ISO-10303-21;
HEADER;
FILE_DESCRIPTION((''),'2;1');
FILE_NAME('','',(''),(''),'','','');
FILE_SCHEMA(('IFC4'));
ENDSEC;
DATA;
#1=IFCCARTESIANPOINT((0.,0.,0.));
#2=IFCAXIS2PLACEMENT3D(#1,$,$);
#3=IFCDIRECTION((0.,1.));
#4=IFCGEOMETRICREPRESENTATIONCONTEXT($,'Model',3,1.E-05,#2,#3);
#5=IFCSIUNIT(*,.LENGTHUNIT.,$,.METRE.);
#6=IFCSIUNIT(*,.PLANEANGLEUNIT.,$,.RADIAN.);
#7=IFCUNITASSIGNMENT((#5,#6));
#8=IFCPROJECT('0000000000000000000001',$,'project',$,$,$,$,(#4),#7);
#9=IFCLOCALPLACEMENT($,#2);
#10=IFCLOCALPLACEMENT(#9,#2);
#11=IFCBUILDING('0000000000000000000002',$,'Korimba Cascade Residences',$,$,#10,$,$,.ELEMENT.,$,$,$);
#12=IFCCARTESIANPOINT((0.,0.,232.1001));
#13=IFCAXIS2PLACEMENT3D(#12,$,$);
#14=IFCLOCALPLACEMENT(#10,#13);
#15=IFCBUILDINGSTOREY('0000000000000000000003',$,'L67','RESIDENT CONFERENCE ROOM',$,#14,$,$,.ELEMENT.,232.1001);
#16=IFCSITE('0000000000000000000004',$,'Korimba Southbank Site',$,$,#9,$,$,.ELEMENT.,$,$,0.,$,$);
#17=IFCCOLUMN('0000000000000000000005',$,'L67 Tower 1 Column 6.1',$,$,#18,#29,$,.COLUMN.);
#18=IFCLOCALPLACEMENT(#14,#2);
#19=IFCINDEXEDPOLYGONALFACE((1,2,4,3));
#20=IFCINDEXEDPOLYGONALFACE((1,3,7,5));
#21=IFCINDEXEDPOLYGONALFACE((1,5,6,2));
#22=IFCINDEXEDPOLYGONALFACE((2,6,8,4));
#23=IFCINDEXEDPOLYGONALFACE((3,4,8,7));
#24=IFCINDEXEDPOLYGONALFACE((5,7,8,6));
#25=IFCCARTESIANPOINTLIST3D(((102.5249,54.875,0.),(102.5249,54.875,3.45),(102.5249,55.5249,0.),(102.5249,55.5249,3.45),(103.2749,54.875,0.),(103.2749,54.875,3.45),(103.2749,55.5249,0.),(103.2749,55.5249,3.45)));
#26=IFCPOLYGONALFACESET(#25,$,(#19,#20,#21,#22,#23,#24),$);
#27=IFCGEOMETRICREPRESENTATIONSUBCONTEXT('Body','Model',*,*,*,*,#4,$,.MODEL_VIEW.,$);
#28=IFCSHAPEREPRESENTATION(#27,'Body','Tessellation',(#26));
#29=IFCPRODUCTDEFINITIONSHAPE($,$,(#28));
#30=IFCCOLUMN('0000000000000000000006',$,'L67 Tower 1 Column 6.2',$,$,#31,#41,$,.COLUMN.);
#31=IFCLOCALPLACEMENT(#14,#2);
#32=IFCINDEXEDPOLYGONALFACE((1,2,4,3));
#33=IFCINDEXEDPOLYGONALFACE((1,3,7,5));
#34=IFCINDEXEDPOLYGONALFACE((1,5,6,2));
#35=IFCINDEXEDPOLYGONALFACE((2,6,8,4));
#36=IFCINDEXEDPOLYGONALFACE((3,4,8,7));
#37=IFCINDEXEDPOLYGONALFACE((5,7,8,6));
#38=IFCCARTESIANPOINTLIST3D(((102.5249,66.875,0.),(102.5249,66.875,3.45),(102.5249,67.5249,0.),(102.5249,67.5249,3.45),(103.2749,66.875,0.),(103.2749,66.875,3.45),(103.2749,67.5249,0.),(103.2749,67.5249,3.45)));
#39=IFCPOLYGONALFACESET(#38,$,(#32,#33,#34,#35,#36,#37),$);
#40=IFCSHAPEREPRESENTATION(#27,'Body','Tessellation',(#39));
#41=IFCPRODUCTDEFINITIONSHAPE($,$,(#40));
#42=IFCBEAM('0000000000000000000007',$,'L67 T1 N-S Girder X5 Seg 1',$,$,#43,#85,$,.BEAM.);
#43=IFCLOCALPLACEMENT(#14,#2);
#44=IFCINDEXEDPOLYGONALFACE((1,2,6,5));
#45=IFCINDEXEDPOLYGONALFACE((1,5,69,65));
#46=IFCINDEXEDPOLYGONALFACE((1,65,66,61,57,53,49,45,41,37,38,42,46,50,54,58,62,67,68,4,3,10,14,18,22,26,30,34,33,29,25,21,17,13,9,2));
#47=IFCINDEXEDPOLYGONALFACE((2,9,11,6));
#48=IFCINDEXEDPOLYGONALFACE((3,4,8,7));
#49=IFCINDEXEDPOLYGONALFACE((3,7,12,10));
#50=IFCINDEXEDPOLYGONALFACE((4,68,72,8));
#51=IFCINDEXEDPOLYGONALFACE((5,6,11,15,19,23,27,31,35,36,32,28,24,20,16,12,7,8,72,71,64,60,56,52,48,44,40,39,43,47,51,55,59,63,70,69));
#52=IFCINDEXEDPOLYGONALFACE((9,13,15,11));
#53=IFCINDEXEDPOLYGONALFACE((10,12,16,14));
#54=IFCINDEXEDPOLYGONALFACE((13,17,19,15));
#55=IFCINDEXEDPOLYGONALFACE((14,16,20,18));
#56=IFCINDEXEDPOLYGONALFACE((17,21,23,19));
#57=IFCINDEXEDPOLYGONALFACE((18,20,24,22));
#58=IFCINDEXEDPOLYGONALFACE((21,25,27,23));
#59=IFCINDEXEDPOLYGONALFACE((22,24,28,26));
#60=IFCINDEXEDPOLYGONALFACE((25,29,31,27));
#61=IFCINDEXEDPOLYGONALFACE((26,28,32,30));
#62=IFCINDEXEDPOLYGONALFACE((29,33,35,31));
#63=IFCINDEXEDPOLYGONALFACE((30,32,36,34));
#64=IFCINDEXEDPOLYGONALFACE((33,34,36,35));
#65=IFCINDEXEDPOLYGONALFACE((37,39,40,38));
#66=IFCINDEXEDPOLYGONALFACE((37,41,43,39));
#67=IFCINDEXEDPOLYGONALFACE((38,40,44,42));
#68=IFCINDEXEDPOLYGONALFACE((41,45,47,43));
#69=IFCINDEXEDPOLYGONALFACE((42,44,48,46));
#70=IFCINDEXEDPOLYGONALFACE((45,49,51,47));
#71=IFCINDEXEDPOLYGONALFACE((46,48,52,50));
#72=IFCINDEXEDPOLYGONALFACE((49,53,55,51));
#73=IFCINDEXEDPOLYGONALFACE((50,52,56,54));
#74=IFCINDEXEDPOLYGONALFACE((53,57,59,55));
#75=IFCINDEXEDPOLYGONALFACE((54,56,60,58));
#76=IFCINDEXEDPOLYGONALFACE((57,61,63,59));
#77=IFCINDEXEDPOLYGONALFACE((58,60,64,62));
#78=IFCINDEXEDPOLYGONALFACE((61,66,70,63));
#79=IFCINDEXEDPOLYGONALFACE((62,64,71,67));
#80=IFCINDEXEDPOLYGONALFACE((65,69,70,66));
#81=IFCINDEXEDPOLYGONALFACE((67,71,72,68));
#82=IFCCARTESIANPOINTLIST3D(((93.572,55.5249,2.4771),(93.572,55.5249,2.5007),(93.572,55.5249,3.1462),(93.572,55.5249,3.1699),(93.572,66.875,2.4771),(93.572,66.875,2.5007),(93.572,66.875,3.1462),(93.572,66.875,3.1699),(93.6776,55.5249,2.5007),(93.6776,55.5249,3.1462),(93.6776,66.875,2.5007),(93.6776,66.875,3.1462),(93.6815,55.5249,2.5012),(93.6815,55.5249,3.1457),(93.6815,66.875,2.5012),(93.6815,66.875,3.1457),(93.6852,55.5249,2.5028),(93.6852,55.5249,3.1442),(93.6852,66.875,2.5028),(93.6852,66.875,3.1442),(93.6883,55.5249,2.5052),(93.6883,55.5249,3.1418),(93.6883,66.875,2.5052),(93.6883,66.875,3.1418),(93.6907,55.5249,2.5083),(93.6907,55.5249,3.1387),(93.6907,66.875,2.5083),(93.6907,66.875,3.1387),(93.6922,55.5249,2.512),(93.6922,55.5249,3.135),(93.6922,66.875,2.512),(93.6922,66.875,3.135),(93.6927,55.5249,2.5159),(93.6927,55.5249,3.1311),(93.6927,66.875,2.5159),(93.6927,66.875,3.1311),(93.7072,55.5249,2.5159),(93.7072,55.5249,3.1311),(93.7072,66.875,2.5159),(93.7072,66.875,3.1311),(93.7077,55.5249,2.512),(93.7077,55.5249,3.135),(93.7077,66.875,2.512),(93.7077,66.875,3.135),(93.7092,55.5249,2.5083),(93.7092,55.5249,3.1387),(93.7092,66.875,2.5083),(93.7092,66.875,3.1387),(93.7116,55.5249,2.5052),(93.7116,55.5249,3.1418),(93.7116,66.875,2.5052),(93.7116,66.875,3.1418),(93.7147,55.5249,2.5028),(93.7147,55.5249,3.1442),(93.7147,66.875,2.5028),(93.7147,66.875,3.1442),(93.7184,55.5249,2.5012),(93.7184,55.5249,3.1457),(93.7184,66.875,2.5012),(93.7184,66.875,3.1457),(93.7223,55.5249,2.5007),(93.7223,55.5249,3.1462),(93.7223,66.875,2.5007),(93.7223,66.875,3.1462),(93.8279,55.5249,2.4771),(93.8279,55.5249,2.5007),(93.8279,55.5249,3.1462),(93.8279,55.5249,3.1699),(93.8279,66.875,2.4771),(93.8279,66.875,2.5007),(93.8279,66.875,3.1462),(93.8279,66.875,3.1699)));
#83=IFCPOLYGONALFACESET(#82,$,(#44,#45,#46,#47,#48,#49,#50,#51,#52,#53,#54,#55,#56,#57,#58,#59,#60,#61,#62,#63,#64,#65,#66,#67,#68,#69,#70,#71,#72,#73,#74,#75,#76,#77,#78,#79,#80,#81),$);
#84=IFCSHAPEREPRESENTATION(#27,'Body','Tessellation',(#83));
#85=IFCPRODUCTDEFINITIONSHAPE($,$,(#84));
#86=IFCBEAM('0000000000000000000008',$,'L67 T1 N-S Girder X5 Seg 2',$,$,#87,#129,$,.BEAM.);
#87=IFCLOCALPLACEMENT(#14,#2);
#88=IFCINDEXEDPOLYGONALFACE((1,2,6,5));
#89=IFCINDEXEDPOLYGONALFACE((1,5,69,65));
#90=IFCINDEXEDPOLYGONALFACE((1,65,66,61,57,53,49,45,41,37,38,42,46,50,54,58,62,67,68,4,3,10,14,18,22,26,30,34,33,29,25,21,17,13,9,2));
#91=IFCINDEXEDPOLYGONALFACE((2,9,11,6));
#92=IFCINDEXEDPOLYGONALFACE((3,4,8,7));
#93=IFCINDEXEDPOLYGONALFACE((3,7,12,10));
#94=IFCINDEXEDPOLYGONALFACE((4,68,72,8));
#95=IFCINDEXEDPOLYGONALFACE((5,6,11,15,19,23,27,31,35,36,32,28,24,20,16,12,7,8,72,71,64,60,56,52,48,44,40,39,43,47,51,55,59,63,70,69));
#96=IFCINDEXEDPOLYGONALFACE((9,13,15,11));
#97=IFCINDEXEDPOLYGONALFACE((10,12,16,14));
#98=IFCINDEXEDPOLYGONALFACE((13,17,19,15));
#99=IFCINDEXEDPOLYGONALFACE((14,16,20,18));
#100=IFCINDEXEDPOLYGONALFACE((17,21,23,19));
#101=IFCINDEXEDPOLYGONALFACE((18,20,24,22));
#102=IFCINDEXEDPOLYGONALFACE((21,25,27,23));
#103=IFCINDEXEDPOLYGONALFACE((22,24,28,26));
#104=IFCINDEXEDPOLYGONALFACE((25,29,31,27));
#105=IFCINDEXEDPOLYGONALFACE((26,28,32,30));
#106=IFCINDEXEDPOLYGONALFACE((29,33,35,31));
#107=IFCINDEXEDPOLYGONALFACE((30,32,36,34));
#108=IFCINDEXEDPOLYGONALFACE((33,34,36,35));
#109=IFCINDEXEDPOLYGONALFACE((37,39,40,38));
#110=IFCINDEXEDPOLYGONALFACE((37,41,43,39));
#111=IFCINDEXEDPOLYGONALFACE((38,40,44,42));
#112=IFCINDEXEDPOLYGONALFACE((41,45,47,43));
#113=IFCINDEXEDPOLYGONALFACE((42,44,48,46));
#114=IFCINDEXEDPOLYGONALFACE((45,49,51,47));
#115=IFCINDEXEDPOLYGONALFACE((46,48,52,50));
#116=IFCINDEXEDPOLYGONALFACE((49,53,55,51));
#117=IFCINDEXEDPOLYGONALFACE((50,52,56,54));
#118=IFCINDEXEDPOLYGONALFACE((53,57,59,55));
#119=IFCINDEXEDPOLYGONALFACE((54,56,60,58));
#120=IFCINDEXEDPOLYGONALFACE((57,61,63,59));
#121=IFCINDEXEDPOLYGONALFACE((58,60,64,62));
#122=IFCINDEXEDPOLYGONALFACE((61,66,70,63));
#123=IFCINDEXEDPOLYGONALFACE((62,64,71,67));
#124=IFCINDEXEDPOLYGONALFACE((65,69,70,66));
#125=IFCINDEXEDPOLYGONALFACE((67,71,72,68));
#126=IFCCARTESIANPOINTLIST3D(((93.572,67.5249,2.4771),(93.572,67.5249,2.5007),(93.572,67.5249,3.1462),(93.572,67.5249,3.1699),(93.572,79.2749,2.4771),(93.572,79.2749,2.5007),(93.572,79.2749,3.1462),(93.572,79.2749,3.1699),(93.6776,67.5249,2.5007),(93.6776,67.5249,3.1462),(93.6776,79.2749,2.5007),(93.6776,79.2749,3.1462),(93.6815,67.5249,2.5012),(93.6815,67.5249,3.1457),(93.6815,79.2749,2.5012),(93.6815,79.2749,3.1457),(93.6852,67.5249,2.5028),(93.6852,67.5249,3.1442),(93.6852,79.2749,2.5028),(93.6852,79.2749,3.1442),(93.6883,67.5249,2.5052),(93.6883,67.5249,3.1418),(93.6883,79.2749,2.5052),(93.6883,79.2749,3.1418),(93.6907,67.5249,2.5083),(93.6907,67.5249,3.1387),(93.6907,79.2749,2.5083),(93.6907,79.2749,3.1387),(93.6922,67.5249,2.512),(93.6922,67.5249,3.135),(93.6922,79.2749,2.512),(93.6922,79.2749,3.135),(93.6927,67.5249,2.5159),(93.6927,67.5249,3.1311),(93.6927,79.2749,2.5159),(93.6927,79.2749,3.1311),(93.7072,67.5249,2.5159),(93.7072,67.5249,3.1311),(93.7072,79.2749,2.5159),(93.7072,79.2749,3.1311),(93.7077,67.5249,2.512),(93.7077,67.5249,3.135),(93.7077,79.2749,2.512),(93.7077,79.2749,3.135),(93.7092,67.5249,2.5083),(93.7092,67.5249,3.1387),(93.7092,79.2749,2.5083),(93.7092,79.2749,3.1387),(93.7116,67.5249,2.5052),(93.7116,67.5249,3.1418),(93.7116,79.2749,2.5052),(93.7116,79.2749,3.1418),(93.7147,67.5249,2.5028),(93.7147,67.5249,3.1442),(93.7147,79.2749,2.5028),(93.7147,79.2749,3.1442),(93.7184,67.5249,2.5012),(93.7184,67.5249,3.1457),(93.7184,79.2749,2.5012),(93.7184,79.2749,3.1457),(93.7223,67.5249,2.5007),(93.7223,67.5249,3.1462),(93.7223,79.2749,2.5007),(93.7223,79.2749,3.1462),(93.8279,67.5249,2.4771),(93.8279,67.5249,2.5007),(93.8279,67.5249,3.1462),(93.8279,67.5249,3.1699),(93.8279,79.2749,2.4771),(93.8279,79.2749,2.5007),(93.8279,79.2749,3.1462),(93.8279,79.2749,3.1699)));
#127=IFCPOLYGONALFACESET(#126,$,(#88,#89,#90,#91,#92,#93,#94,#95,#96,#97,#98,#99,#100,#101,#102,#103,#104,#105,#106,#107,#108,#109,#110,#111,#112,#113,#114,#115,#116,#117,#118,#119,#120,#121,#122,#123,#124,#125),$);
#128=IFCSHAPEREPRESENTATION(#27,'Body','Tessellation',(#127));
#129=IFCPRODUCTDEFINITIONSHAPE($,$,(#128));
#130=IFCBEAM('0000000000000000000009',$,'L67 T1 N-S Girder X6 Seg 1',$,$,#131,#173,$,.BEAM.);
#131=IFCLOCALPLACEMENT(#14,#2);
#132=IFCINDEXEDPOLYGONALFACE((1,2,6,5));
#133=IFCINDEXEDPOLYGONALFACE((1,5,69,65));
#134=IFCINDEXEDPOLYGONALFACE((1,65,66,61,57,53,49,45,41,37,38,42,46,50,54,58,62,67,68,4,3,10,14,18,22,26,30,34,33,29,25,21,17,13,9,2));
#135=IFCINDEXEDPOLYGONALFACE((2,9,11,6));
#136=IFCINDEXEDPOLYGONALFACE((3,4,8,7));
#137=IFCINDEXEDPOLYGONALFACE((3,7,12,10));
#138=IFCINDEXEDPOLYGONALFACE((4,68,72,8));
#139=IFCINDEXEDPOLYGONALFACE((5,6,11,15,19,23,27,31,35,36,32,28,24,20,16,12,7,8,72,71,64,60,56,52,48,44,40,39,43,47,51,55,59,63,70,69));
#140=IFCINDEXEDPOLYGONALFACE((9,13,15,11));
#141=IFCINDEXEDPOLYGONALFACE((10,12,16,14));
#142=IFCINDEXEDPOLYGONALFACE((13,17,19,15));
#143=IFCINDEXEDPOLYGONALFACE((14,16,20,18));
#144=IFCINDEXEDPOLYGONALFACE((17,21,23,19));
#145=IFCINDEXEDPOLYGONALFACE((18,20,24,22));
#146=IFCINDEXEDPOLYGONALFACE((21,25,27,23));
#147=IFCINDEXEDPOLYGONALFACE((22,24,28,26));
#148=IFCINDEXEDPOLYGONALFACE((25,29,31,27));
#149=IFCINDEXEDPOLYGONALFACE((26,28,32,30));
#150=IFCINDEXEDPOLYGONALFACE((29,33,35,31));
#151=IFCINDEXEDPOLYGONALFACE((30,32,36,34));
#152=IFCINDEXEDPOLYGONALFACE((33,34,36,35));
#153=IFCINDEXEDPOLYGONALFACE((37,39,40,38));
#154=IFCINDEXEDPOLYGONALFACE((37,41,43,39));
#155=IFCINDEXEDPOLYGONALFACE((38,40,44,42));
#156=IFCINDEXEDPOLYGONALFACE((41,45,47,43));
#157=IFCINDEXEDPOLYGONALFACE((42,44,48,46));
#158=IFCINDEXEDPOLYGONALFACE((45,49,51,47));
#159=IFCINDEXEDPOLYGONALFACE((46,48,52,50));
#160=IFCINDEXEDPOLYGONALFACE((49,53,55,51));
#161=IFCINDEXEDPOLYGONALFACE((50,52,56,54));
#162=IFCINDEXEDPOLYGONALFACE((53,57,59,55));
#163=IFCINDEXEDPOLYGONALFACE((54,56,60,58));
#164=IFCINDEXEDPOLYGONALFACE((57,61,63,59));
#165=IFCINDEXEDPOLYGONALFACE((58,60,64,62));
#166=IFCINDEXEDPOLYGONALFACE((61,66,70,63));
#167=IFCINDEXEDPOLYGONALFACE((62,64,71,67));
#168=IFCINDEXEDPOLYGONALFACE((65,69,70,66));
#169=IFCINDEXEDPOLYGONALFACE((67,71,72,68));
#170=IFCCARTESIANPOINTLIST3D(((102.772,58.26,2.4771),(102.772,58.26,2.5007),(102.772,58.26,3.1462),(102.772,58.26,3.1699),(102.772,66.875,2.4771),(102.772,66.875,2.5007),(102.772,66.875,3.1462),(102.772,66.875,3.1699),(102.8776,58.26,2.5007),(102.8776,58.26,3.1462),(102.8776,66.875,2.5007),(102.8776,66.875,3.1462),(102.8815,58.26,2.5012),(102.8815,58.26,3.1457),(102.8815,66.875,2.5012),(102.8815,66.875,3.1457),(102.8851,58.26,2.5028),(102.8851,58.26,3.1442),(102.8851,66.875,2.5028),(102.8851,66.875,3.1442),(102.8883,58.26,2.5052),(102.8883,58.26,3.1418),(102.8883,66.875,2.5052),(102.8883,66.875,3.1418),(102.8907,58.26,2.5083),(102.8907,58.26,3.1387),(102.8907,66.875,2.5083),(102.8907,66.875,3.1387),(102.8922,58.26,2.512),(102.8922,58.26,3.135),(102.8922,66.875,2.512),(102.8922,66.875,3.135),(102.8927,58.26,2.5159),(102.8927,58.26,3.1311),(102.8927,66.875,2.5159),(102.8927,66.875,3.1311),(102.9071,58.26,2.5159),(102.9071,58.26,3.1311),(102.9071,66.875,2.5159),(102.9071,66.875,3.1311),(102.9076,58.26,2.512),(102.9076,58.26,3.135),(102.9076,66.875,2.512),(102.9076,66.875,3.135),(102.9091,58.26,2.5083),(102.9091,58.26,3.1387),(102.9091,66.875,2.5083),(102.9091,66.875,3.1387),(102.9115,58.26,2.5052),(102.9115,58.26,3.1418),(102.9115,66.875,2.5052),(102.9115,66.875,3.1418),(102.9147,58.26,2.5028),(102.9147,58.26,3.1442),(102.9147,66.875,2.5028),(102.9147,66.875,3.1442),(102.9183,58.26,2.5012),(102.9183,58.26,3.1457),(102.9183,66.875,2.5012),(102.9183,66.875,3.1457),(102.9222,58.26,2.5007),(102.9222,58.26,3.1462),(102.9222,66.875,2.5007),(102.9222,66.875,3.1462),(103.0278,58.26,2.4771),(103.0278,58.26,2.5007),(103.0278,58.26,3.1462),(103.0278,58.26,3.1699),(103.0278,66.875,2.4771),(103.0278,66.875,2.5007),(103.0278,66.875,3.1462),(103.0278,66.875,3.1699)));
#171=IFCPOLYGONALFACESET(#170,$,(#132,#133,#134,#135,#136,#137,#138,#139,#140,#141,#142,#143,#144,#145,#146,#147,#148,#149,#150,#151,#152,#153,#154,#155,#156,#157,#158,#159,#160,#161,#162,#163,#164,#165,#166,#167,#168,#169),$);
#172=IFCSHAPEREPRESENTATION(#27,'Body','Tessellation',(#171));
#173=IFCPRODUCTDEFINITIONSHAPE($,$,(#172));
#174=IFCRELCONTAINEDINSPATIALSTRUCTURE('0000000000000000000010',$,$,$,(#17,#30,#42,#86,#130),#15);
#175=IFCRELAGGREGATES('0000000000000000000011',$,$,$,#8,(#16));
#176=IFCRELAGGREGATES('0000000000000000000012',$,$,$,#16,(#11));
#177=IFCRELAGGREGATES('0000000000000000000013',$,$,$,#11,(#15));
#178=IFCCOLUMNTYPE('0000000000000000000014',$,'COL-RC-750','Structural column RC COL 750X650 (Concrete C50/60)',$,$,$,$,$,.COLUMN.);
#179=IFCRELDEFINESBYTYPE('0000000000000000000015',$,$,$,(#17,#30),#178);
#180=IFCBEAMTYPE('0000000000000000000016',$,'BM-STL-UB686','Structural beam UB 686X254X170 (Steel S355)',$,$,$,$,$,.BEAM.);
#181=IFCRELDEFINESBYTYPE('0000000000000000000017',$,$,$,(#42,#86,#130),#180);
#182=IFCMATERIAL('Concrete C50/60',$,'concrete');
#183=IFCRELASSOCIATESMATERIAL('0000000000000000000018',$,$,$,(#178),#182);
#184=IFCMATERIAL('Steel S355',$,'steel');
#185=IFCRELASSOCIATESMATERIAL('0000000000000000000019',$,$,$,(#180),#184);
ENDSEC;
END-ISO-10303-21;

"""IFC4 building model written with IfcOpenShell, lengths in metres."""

from ifc_helpers import new_model, si_unit, direction, frame, origin, origin_2d, place, context, subcontext, project, spatial, rectangle, i_section, extrude, material, material_profile, profile_set, type_object, element, save


model = new_model("IFC4")

# Units and contexts
model_context = context("Model", 3, precision=1e-05, world=origin(), true_north=direction((0.0, 1.0)))
body_context = subcontext(model_context, "Body", "Model", "MODEL_VIEW")
ifc_project = project(units=[si_unit("LENGTHUNIT", "METRE"), si_unit("PLANEANGLEUNIT", "RADIAN")], contexts=[model_context])

# Site, building, storey
site_placement = place(None, origin())
site = spatial("IfcSite", under=ifc_project, at=site_placement, Name="Korimba Southbank Site", CompositionType="ELEMENT", RefElevation=0.0)
building_placement = place(site_placement, origin())
building = spatial("IfcBuilding", under=site, at=building_placement, Name="Korimba Cascade Residences", CompositionType="ELEMENT")
storey_placement = place(building_placement, frame((0.0, 0.0, 232.1001)))
storey = spatial("IfcBuildingStorey", under=building, at=storey_placement, Name="L67", Description="RESIDENT CONFERENCE ROOM", CompositionType="ELEMENT", Elevation=232.1001)

# Columns
ifc_material_1 = material(Name="Concrete C50/60", Category="concrete")
ifc_material_profile_1 = material_profile(ifc_material_1, rectangle(XDim=0.75, YDim=0.6499, at=origin_2d()), Name="Concrete C50/60")
ifc_profile_set_1 = profile_set([ifc_material_profile_1], Name="Concrete C50/60")
column_type = type_object("IfcColumnType", Name="COL-RC-750", Description="Structural column RC COL 750X650 (Concrete C50/60)", PredefinedType="COLUMN", material=ifc_profile_set_1)
for number, where, z_axis, x_axis, name in (
    (1, (102.8999, 55.2, 0.0), (0.0, 0.0, 1.0), (1.0, 0.0, 0.0), "L67 Tower 1 Column 6.1"),
    (2, (102.8999, 67.2, 0.0), (0.0, 0.0, 1.0), (1.0, 0.0, 0.0), "L67 Tower 1 Column 6.2"),
):
    element("IfcColumn", number, at=place(storey_placement, frame(where, z_axis=z_axis, x_axis=x_axis)), inside=storey, type_object=column_type, Name=name, PredefinedType="COLUMN", context=body_context, shape_type="SweptSolid", body=[
        extrude(rectangle(XDim=0.75, YDim=0.6499, at=origin_2d()), origin(), (0.0, 0.0, 1.0), 3.45),
    ])

# Beams
ifc_material_2 = material(Name="Steel S355", Category="steel")
ifc_material_profile_2 = material_profile(ifc_material_2, i_section(OverallWidth=0.2559, OverallDepth=0.6929, WebThickness=0.0144, FlangeThickness=0.0237, FilletRadius=0.0151, at=origin_2d()), Name="Steel S355")
ifc_profile_set_2 = profile_set([ifc_material_profile_2], Name="Steel S355")
beam_type = type_object("IfcBeamType", Name="BM-STL-UB686", Description="Structural beam UB 686X254X170 (Steel S355)", PredefinedType="BEAM", material=ifc_profile_set_2)
beam_1_placement = place(storey_placement, frame((93.7, 55.5249, 2.8235), z_axis=(0.0, 1.0, 0.0), x_axis=(-1.0, 0.0, 0.0)))
element("IfcBeam", 3, at=beam_1_placement, inside=storey, type_object=beam_type, Name="L67 T1 N-S Girder X5 Seg 1", PredefinedType="BEAM", context=body_context, shape_type="SweptSolid", body=[
    extrude(i_section(OverallWidth=0.2559, OverallDepth=0.6929, WebThickness=0.0144, FlangeThickness=0.0237, FilletRadius=0.0151, at=origin_2d()), origin(), (0.0, 0.0, 1.0), 11.3501),
])
beam_2_placement = place(storey_placement, frame((93.7, 67.5249, 2.8235), z_axis=(0.0, 1.0, 0.0), x_axis=(-1.0, 0.0, 0.0)))
element("IfcBeam", 4, at=beam_2_placement, inside=storey, type_object=beam_type, Name="L67 T1 N-S Girder X5 Seg 2", PredefinedType="BEAM", context=body_context, shape_type="SweptSolid", body=[
    extrude(i_section(OverallWidth=0.2559, OverallDepth=0.6929, WebThickness=0.0144, FlangeThickness=0.0237, FilletRadius=0.0151, at=origin_2d()), origin(), (0.0, 0.0, 1.0), 11.75),
])
beam_3_placement = place(storey_placement, frame((102.8999, 58.26, 2.8235), z_axis=(0.0, 1.0, 0.0), x_axis=(-1.0, 0.0, 0.0)))
element("IfcBeam", 5, at=beam_3_placement, inside=storey, type_object=beam_type, Name="L67 T1 N-S Girder X6 Seg 1", PredefinedType="BEAM", context=body_context, shape_type="SweptSolid", body=[
    extrude(i_section(OverallWidth=0.2559, OverallDepth=0.6929, WebThickness=0.0144, FlangeThickness=0.0237, FilletRadius=0.0151, at=origin_2d()), origin(), (0.0, 0.0, 1.0), 8.615),
])

save(model, "model.ifc")
